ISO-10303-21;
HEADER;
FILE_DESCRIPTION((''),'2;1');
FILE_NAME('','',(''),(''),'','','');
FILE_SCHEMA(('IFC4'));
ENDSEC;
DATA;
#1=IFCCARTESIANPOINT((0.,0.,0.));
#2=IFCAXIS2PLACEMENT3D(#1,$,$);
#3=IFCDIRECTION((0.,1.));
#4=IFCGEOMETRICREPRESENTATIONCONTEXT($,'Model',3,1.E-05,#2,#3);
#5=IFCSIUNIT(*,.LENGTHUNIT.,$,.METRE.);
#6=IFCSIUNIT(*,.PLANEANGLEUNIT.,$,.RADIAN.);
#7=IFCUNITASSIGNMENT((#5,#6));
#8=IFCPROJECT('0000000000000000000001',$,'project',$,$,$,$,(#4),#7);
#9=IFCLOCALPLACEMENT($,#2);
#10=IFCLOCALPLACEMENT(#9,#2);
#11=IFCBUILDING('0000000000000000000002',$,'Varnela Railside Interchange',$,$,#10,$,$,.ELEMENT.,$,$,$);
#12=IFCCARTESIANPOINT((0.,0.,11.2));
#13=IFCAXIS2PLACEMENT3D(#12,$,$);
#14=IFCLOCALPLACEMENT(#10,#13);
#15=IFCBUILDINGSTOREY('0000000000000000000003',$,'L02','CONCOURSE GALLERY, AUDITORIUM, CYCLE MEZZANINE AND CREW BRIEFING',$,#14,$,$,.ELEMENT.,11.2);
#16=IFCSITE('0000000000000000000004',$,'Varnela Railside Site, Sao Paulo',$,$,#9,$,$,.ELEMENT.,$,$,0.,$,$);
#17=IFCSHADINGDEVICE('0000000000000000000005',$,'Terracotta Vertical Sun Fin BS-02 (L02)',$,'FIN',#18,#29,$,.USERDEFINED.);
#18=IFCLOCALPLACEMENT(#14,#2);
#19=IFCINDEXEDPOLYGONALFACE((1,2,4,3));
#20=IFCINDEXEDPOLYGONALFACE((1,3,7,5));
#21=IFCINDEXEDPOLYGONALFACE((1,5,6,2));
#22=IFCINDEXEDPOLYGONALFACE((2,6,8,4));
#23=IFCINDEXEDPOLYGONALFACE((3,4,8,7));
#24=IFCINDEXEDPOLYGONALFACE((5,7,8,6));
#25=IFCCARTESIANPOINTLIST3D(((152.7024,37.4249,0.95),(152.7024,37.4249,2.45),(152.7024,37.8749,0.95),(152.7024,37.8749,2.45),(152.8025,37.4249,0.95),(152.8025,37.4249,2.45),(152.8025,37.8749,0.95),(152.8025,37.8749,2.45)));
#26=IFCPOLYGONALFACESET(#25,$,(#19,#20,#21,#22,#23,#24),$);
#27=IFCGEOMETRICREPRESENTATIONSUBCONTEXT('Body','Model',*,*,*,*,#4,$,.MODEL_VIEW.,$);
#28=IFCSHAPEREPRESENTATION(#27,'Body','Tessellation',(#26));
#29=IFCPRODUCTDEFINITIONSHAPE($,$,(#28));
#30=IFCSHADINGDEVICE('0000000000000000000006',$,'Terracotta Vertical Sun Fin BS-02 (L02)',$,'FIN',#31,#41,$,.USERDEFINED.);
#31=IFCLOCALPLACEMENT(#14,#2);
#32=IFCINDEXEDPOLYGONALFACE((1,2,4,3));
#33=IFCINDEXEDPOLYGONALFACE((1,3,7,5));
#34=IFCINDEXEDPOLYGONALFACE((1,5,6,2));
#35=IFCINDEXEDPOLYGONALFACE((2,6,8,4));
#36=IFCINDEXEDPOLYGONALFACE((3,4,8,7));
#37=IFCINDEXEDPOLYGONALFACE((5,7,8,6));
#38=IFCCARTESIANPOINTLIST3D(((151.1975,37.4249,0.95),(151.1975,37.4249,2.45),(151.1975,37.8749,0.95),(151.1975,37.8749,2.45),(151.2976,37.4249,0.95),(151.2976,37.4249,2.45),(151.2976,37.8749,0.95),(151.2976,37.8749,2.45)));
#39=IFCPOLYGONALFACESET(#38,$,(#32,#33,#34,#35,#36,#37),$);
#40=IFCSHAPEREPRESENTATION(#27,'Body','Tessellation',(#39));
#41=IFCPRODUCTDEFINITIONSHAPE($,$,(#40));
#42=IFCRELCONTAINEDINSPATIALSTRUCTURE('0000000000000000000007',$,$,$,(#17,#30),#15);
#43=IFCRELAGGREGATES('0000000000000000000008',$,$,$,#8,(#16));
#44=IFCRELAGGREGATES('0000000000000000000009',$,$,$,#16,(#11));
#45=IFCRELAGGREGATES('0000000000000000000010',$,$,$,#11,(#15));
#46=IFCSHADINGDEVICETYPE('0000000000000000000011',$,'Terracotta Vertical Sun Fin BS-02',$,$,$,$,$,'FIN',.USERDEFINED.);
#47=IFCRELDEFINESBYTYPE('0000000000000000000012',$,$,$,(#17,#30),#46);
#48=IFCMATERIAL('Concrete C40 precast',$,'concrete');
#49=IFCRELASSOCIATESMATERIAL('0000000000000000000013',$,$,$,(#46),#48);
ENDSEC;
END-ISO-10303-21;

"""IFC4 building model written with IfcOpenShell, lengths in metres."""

from ifc_helpers import new_model, si_unit, direction, frame, origin, origin_2d, place, context, subcontext, project, spatial, rectangle, extrude, material, type_object, element, save


model = new_model("IFC4")

# Units and contexts
model_context = context("Model", 3, precision=1e-05, world=origin(), true_north=direction((0.0, 1.0)))
body_context = subcontext(model_context, "Body", "Model", "MODEL_VIEW")
ifc_project = project(units=[si_unit("LENGTHUNIT", "METRE"), si_unit("PLANEANGLEUNIT", "RADIAN")], contexts=[model_context])

# Site, building, storey
site_placement = place(None, origin())
site = spatial("IfcSite", under=ifc_project, at=site_placement, Name="Varnela Railside Site, Sao Paulo", CompositionType="ELEMENT", RefElevation=0.0)
building_placement = place(site_placement, origin())
building = spatial("IfcBuilding", under=site, at=building_placement, Name="Varnela Railside Interchange", CompositionType="ELEMENT")
storey_placement = place(building_placement, frame((0.0, 0.0, 11.2)))
storey = spatial("IfcBuildingStorey", under=building, at=storey_placement, Name="L02", Description="CONCOURSE GALLERY, AUDITORIUM, CYCLE MEZZANINE AND CREW BRIEFING", CompositionType="ELEMENT", Elevation=11.2)

# Shared definitions
ifc_material_1 = material(Name="Concrete C40 precast", Category="concrete")

# Shading devices
shading_device_type = type_object("IfcShadingDeviceType", Name="Terracotta Vertical Sun Fin BS-02", ElementType="FIN", PredefinedType="USERDEFINED", material=ifc_material_1)
for number, where, z_axis, x_axis, name in (
    (1, (152.7524, 37.6499, 0.95), (0.0, 0.0, 1.0), (0.0, -1.0, 0.0), "Terracotta Vertical Sun Fin BS-02 (L02)"),
    (2, (151.2476, 37.6499, 0.95), (0.0, 0.0, 1.0), (0.0, -1.0, 0.0), "Terracotta Vertical Sun Fin BS-02 (L02)"),
):
    element("IfcShadingDevice", number, at=place(storey_placement, frame(where, z_axis=z_axis, x_axis=x_axis)), inside=storey, type_object=shading_device_type, Name=name, ObjectType="FIN", PredefinedType="USERDEFINED", context=body_context, shape_type="SweptSolid", body=[
        extrude(rectangle(XDim=0.45, YDim=0.1001, at=origin_2d()), origin(), (0.0, 0.0, 1.0), 1.5),
    ])

save(model, "model.ifc")
